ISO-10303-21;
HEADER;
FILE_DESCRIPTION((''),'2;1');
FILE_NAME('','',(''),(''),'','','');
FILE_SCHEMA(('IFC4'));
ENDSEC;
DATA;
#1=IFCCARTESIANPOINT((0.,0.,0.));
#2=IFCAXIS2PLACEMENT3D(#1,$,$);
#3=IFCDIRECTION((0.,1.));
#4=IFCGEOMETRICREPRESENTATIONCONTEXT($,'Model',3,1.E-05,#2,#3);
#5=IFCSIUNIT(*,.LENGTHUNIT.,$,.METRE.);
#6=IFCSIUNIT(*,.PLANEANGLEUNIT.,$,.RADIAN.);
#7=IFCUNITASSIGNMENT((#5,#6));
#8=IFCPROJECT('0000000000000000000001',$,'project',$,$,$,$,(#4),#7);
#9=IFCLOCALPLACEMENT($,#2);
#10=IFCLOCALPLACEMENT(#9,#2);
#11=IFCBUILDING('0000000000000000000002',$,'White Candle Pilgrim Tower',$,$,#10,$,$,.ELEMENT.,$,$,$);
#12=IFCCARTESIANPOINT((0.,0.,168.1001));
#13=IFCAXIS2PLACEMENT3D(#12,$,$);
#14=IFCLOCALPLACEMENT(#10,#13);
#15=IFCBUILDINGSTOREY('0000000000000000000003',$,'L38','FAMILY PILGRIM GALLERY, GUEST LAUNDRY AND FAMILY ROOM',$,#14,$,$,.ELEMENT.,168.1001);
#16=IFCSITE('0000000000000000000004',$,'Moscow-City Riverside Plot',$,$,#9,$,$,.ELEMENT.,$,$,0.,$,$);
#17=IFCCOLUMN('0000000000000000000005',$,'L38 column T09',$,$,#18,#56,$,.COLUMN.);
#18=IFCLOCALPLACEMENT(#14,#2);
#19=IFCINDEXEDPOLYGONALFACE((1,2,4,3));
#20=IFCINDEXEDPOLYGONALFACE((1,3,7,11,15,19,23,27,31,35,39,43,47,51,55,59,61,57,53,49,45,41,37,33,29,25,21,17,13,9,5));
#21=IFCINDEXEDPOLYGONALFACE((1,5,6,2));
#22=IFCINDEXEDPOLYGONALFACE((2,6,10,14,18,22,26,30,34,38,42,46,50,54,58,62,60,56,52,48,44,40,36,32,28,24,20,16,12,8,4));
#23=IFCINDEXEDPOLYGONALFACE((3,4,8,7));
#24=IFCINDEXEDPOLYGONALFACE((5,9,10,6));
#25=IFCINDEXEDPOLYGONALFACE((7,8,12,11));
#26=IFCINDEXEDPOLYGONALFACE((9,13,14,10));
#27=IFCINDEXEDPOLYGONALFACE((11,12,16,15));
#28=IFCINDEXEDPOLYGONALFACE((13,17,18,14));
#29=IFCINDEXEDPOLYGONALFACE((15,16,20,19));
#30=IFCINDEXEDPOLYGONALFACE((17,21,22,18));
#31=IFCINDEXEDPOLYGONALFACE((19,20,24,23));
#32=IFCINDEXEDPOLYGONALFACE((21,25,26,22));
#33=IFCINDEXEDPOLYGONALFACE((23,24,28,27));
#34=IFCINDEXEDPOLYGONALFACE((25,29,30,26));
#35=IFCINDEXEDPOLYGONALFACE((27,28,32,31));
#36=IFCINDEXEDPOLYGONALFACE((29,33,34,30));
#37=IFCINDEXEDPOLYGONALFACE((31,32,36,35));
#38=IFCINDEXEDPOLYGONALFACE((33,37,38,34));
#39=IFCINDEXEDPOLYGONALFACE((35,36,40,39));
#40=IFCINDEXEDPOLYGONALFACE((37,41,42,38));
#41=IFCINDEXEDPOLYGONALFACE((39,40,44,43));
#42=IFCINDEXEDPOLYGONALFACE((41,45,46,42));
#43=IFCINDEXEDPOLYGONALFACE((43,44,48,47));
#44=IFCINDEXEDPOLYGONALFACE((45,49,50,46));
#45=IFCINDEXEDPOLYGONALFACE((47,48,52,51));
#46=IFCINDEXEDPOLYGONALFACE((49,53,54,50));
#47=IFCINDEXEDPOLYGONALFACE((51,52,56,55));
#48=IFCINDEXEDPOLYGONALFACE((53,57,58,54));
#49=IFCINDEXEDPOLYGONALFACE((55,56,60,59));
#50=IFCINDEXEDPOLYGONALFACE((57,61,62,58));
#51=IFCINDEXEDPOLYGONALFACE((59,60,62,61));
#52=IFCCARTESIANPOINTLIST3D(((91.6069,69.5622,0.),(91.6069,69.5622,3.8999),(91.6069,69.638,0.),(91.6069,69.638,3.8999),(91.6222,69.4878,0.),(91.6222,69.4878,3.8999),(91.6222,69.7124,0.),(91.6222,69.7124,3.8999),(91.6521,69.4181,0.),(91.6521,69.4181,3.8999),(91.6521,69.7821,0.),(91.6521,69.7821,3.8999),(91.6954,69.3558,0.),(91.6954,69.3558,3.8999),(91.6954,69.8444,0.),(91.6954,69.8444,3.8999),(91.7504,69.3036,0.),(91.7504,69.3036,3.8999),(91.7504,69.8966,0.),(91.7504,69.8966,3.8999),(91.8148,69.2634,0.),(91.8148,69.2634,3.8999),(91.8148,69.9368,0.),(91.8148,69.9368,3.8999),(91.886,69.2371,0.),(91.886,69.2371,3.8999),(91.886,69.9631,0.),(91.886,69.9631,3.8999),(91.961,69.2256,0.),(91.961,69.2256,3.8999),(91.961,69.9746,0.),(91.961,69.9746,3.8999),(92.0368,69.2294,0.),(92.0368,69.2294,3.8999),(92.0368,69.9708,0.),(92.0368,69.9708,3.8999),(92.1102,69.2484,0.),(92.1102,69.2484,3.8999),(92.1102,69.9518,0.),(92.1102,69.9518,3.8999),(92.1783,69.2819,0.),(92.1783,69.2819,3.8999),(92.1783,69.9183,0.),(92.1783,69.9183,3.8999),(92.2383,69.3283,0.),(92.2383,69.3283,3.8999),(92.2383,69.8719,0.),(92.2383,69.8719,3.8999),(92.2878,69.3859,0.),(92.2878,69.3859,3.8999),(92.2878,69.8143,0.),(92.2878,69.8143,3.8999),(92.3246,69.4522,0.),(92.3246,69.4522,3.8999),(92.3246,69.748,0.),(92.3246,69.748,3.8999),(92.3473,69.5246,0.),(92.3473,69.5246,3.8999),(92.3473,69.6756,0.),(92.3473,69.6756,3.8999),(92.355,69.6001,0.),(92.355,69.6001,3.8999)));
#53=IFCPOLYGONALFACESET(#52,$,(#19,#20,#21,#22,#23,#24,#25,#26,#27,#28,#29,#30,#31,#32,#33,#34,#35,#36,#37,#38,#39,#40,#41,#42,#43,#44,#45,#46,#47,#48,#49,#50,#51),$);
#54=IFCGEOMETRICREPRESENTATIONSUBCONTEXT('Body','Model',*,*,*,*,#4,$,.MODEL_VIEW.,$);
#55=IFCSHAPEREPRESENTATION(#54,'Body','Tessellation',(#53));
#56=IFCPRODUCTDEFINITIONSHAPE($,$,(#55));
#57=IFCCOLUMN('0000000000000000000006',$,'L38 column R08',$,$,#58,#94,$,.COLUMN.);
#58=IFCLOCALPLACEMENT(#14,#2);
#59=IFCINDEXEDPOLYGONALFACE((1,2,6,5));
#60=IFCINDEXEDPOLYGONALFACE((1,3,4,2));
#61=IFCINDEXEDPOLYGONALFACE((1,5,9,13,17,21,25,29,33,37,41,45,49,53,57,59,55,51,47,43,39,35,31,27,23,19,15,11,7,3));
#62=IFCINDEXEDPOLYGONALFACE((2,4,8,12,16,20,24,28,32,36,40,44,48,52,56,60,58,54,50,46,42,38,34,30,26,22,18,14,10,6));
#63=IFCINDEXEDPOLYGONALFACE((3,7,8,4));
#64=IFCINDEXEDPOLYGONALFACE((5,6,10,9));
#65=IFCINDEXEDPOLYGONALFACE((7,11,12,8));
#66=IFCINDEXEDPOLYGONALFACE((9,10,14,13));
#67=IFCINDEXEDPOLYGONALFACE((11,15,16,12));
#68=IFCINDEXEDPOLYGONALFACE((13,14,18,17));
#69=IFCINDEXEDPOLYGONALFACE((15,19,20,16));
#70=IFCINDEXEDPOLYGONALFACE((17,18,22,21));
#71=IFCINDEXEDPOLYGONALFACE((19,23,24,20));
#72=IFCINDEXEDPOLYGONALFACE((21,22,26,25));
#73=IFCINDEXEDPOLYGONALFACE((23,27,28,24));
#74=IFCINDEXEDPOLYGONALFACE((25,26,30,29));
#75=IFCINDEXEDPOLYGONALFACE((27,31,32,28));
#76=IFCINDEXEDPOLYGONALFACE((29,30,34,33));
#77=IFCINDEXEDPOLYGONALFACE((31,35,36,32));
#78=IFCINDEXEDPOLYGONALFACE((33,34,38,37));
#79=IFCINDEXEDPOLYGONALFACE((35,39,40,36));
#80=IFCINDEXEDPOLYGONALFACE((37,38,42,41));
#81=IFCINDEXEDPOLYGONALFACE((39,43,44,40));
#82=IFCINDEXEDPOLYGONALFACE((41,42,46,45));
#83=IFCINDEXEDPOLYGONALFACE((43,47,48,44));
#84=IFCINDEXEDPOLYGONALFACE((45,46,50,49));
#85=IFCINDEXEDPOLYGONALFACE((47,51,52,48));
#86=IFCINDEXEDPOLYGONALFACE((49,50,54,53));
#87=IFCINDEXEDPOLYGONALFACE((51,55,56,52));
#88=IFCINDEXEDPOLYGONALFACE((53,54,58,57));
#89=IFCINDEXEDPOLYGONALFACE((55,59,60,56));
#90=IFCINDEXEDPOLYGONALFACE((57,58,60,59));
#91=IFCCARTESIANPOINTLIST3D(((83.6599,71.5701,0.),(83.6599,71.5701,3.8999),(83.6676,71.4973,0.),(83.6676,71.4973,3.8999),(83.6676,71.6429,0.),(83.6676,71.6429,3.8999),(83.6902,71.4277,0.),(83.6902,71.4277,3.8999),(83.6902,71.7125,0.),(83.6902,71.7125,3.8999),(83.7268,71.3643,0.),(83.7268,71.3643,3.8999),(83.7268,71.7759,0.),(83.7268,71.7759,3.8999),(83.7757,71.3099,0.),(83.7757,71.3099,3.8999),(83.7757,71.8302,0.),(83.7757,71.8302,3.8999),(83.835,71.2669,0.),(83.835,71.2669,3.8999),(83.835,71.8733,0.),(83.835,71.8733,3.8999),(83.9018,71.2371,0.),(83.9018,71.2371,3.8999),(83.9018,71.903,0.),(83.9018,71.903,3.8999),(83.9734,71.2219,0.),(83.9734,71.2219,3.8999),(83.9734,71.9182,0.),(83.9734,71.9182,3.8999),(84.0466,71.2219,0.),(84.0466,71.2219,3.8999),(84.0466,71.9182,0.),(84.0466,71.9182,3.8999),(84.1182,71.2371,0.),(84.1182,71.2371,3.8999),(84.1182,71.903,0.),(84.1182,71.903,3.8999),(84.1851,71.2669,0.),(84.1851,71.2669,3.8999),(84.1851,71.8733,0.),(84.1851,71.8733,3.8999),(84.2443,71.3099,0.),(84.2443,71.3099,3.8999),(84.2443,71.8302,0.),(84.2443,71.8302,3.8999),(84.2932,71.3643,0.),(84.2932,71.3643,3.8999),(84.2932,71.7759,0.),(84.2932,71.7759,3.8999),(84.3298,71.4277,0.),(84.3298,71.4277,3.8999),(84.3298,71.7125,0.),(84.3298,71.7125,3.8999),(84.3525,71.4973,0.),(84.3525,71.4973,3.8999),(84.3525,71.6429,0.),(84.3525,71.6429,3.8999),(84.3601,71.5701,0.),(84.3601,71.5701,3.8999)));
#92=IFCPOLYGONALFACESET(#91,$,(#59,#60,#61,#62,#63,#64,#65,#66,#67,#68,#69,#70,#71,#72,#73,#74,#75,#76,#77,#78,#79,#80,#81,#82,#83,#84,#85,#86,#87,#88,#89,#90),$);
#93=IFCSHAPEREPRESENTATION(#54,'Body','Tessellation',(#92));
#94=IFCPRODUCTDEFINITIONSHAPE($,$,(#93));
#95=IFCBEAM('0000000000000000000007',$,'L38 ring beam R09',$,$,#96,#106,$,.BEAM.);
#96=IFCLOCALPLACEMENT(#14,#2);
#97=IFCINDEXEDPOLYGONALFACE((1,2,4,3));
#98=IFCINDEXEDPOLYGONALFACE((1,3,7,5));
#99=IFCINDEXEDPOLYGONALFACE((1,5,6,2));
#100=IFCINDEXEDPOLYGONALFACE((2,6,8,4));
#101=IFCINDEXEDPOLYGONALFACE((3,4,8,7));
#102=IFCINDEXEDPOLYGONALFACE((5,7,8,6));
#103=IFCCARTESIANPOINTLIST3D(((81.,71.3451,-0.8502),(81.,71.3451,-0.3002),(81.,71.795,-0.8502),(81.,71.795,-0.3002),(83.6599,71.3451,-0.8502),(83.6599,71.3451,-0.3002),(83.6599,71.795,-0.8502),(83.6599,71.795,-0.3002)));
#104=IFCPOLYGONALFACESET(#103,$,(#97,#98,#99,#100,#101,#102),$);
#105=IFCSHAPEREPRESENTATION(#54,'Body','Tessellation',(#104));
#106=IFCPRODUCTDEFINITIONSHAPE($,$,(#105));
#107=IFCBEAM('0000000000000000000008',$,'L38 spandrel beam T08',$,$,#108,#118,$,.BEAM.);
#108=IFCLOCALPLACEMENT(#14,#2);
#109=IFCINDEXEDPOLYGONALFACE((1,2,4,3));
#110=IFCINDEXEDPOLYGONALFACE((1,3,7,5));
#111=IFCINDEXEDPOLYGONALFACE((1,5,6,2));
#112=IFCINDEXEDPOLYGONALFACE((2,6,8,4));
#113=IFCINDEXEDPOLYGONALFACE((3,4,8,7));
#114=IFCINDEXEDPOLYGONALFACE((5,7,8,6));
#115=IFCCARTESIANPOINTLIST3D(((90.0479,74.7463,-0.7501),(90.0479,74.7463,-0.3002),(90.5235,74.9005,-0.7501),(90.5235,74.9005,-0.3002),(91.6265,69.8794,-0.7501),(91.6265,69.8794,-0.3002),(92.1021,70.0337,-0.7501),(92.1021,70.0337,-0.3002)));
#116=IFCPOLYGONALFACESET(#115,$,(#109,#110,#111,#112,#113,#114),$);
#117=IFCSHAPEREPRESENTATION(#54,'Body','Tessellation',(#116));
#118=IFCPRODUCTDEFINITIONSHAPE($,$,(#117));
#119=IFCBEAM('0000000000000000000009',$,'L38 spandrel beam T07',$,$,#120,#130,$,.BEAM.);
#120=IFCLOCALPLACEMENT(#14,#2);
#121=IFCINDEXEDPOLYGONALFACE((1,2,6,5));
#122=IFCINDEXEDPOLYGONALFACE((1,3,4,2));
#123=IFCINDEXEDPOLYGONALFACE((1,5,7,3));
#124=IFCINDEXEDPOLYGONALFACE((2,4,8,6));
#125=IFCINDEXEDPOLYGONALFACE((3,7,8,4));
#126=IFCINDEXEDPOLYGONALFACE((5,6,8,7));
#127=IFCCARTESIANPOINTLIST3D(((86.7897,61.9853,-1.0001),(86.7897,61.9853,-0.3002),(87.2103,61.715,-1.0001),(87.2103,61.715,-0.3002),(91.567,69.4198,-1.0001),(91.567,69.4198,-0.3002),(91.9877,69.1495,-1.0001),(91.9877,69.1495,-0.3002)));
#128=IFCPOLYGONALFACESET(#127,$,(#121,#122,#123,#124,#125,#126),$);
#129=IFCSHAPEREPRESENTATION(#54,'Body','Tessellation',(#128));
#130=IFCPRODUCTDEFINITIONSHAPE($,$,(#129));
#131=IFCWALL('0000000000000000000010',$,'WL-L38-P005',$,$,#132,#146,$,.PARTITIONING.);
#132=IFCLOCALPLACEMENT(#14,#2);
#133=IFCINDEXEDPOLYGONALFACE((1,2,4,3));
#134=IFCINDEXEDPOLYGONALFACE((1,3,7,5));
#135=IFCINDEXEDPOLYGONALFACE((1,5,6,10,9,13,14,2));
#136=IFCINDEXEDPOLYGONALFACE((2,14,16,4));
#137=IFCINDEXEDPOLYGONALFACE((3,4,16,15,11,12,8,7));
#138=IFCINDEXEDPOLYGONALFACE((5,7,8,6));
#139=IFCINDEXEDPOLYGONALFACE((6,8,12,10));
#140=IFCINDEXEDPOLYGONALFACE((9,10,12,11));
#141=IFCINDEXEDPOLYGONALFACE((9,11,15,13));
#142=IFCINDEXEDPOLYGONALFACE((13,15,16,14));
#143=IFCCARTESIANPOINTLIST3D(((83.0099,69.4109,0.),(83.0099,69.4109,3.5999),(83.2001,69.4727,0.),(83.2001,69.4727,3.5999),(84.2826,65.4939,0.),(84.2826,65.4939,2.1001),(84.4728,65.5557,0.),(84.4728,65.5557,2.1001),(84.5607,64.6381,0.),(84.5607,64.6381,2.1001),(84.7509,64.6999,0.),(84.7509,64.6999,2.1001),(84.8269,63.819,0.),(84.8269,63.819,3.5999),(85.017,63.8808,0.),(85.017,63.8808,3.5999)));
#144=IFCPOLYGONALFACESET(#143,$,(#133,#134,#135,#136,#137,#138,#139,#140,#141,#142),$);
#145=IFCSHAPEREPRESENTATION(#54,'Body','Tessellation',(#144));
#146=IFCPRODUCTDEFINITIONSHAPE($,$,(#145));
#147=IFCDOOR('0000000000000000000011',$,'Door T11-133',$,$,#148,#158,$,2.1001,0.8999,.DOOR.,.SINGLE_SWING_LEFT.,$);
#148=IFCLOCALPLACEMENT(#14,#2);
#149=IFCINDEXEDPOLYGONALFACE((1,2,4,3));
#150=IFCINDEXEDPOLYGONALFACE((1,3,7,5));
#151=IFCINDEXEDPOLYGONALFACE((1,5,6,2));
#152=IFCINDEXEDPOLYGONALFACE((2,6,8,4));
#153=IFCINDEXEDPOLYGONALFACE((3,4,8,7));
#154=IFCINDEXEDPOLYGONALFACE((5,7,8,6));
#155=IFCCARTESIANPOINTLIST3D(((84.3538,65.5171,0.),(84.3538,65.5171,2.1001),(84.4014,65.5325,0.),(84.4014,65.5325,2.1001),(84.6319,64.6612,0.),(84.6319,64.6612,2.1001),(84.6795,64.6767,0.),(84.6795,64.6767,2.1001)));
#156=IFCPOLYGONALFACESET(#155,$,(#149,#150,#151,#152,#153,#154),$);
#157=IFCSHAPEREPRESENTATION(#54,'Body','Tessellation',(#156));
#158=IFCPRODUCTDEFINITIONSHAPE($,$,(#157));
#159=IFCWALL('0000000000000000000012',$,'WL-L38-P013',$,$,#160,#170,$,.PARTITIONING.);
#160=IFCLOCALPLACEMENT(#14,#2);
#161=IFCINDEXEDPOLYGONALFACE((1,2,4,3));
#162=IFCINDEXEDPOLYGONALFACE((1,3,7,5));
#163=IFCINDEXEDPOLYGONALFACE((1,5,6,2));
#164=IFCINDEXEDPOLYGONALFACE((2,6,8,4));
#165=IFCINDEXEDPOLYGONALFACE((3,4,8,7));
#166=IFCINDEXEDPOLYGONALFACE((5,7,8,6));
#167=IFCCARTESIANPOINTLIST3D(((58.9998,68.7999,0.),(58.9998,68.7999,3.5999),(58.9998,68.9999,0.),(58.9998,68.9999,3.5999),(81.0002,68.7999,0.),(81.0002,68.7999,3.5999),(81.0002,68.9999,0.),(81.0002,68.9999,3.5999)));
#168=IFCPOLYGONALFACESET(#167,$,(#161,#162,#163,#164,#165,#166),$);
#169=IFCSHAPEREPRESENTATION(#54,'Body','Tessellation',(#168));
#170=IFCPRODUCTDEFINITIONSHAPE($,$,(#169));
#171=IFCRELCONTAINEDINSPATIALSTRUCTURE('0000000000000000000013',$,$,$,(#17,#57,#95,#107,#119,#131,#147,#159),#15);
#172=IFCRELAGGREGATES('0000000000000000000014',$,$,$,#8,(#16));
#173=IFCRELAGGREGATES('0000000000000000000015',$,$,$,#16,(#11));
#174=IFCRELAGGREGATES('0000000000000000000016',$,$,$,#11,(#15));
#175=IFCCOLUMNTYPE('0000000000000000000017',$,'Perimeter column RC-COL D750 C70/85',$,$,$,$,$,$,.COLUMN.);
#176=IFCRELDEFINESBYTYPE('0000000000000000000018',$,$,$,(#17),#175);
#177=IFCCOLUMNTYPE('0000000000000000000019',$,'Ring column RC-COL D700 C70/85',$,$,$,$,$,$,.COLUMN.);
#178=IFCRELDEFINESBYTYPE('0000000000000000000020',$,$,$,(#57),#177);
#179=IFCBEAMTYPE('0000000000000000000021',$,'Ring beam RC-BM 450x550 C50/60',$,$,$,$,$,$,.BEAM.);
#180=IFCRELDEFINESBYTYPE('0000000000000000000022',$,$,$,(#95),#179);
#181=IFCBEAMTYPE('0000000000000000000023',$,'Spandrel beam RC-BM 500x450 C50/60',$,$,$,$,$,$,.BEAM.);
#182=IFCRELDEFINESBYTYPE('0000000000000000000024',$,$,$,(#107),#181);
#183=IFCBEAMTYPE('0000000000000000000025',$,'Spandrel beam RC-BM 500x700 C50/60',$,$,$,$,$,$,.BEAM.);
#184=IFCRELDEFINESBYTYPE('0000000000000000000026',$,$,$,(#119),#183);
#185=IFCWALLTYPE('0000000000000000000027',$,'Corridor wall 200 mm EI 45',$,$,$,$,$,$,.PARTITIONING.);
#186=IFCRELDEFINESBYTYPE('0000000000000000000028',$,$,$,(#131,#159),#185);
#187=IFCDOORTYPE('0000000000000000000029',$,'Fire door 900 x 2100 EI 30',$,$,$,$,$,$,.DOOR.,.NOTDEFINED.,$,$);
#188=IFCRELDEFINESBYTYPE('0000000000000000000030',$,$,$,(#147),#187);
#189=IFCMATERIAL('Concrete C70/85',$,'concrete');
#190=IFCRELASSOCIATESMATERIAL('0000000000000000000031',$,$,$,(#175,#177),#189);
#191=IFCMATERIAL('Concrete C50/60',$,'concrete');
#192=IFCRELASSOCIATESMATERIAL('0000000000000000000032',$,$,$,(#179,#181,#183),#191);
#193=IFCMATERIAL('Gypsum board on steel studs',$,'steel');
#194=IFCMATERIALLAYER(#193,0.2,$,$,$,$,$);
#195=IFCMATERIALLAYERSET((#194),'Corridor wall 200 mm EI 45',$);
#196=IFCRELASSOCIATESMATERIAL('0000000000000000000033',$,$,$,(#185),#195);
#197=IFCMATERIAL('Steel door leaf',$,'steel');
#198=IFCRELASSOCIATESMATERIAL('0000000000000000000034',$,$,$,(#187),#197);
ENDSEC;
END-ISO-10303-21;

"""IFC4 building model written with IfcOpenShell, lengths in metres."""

from ifc_helpers import new_model, si_unit, direction, frame, frame_2d, origin, origin_2d, place, context, subcontext, project, spatial, rectangle, circle, extrude, material, layer, layer_set, material_profile, profile_set, type_object, element, fill, save


model = new_model("IFC4")

# Units and contexts
model_context = context("Model", 3, precision=1e-05, world=origin(), true_north=direction((0.0, 1.0)))
body_context = subcontext(model_context, "Body", "Model", "MODEL_VIEW")
ifc_project = project(units=[si_unit("LENGTHUNIT", "METRE"), si_unit("PLANEANGLEUNIT", "RADIAN")], contexts=[model_context])

# Site, building, storey
site_placement = place(None, origin())
site = spatial("IfcSite", under=ifc_project, at=site_placement, Name="Moscow-City Riverside Plot", CompositionType="ELEMENT", RefElevation=0.0)
building_placement = place(site_placement, origin())
building = spatial("IfcBuilding", under=site, at=building_placement, Name="White Candle Pilgrim Tower", CompositionType="ELEMENT")
storey_placement = place(building_placement, frame((0.0, 0.0, 168.1001)))
storey = spatial("IfcBuildingStorey", under=building, at=storey_placement, Name="L38", Description="FAMILY PILGRIM GALLERY, GUEST LAUNDRY AND FAMILY ROOM", CompositionType="ELEMENT", Elevation=168.1001)

# Columns
ifc_material_1 = material(Name="Concrete C70/85", Category="concrete")
ifc_material_profile_1 = material_profile(ifc_material_1, circle(Radius=0.375, at=origin_2d()), Name="RC-COL D750")
ifc_profile_set_1 = profile_set([ifc_material_profile_1], Name="Concrete C70/85")
column_type_1 = type_object("IfcColumnType", Name="Perimeter column RC-COL D750 C70/85", PredefinedType="COLUMN", material=ifc_profile_set_1)
column_1_placement = place(storey_placement, frame((91.98, 69.6001, 0.0), z_axis=(0.0, 0.0, 1.0), x_axis=(1.0, 0.0, 0.0)))
element("IfcColumn", 1, at=column_1_placement, inside=storey, type_object=column_type_1, Name="L38 column T09", PredefinedType="COLUMN", context=body_context, shape_type="SweptSolid", body=[
    extrude(circle(Radius=0.375, at=origin_2d()), origin(), (0.0, 0.0, 1.0), 3.8999),
])
ifc_material_profile_2 = material_profile(ifc_material_1, circle(Radius=0.3501, at=origin_2d()), Name="RC-COL D700")
ifc_profile_set_2 = profile_set([ifc_material_profile_2], Name="Concrete C70/85")
column_type_2 = type_object("IfcColumnType", Name="Ring column RC-COL D700 C70/85", PredefinedType="COLUMN", material=ifc_profile_set_2)
column_2_placement = place(storey_placement, frame((84.01, 71.5701, 0.0), z_axis=(0.0, 0.0, 1.0), x_axis=(1.0, 0.0, 0.0)))
element("IfcColumn", 2, at=column_2_placement, inside=storey, type_object=column_type_2, Name="L38 column R08", PredefinedType="COLUMN", context=body_context, shape_type="SweptSolid", body=[
    extrude(circle(Radius=0.3501, at=origin_2d()), origin(), (0.0, 0.0, 1.0), 3.8999),
])

# Beams
ifc_material_2 = material(Name="Concrete C50/60", Category="concrete")
ifc_material_profile_3 = material_profile(ifc_material_2, rectangle(XDim=0.45, YDim=0.55, at=origin_2d()), Name="RC-BM 450x550")
ifc_profile_set_3 = profile_set([ifc_material_profile_3], Name="Concrete C50/60")
beam_type_1 = type_object("IfcBeamType", Name="Ring beam RC-BM 450x550 C50/60", PredefinedType="BEAM", material=ifc_profile_set_3)
beam_1_placement = place(storey_placement, frame((83.6599, 71.5701, -0.5752), z_axis=(-1.0, 0.0, 0.0), x_axis=(0.0, -1.0, 0.0)))
element("IfcBeam", 3, at=beam_1_placement, inside=storey, type_object=beam_type_1, Name="L38 ring beam R09", PredefinedType="BEAM", context=body_context, shape_type="SweptSolid", body=[
    extrude(rectangle(XDim=0.45, YDim=0.55, at=origin_2d()), origin(), (0.0, 0.0, 1.0), 2.6599),
])
ifc_material_profile_4 = material_profile(ifc_material_2, rectangle(XDim=0.5, YDim=0.45, at=origin_2d()), Name="RC-BM 500x450")
ifc_profile_set_4 = profile_set([ifc_material_profile_4], Name="Concrete C50/60")
beam_type_2 = type_object("IfcBeamType", Name="Spandrel beam RC-BM 500x450 C50/60", PredefinedType="BEAM", material=ifc_profile_set_4)
beam_2_placement = place(storey_placement, frame((91.8643, 69.9565, -0.5251), z_axis=(-0.30853, 0.951214, 0.0), x_axis=(-0.951214, -0.30853, 0.0)))
element("IfcBeam", 4, at=beam_2_placement, inside=storey, type_object=beam_type_2, Name="L38 spandrel beam T08", PredefinedType="BEAM", context=body_context, shape_type="SweptSolid", body=[
    extrude(rectangle(XDim=0.5, YDim=0.45, at=origin_2d()), origin(), (0.0, 0.0, 1.0), 5.1165),
])
ifc_material_profile_5 = material_profile(ifc_material_2, rectangle(XDim=0.5, YDim=0.7, at=origin_2d()), Name="RC-BM 500x700")
ifc_profile_set_5 = profile_set([ifc_material_profile_5], Name="Concrete C50/60")
beam_type_3 = type_object("IfcBeamType", Name="Spandrel beam RC-BM 500x700 C50/60", PredefinedType="BEAM", material=ifc_profile_set_5)
beam_3_placement = place(storey_placement, frame((91.7773, 69.2847, -0.6501), z_axis=(-0.540596, -0.841283, 0.0), x_axis=(0.841283, -0.540596, 0.0)))
element("IfcBeam", 5, at=beam_3_placement, inside=storey, type_object=beam_type_3, Name="L38 spandrel beam T07", PredefinedType="BEAM", context=body_context, shape_type="SweptSolid", body=[
    extrude(rectangle(XDim=0.5, YDim=0.7, at=origin_2d()), origin(), (0.0, 0.0, 1.0), 8.8372),
])

# Wall, opening, door
ifc_material_3 = material(Name="Gypsum board on steel studs", Category="steel")
ifc_layer_1 = layer(ifc_material_3, 0.2)
ifc_layer_set_1 = layer_set([ifc_layer_1], Name="Corridor wall 200 mm EI 45")
wall_type_1 = type_object("IfcWallType", Name="Corridor wall 200 mm EI 45", PredefinedType="PARTITIONING", material=ifc_layer_set_1)
wall_1_placement = place(storey_placement, frame((83.105, 69.4419, 0.0), z_axis=(0.0, 0.0, 1.0), x_axis=(0.309018, -0.951056, 0.0)))
wall_1 = element("IfcWall", 6, at=wall_1_placement, inside=storey, type_object=wall_type_1, Name="WL-L38-P005", PredefinedType="PARTITIONING", context=body_context, shape_type="SweptSolid", body=[
    extrude(rectangle(XDim=5.8796, YDim=0.2, at=frame_2d((2.9399, 0.0))), origin(), (0.0, 0.0, 1.0), 3.5999),
])
opening_placement = place(wall_1_placement, frame((4.1187, 0.0, 0.0)))
opening = element("IfcOpeningElement", 7, at=opening_placement, cuts=wall_1, PredefinedType="OPENING", context=body_context, shape_type="SweptSolid", body=[
    extrude(rectangle(XDim=0.8999, YDim=2.1001, at=frame_2d((0.45, 1.05))), frame((0.0, 0.1099, 0.0), z_axis=(0.0, -1.0, 0.0), x_axis=(1.0, 0.0, 0.0)), (0.0, 0.0, 1.0), 0.22),
])
ifc_material_4 = material(Name="Steel door leaf", Category="steel")
door_type = type_object("IfcDoorType", Name="Fire door 900 x 2100 EI 30", OperationType="NOTDEFINED", PredefinedType="DOOR", material=ifc_material_4)
door_placement = place(opening_placement, origin())
door = element("IfcDoor", 8, at=door_placement, inside=storey, type_object=door_type, Name="Door T11-133", OperationType="SINGLE_SWING_LEFT", OverallHeight=2.1001, OverallWidth=0.8999, PredefinedType="DOOR", context=body_context, shape_type="SweptSolid", body=[
    extrude(rectangle(XDim=0.8999, YDim=2.1001, at=frame_2d((0.45, 1.05))), frame((0.0, 0.0249, 0.0), z_axis=(0.0, -1.0, 0.0), x_axis=(1.0, 0.0, 0.0)), (0.0, 0.0, 1.0), 0.05),
])
fill(opening, door)

# Wall
wall_2_placement = place(storey_placement, frame((81.0002, 68.8999, 0.0), z_axis=(0.0, 0.0, 1.0), x_axis=(-1.0, 0.0, 0.0)))
element("IfcWall", 9, at=wall_2_placement, inside=storey, type_object=wall_type_1, Name="WL-L38-P013", PredefinedType="PARTITIONING", context=body_context, shape_type="SweptSolid", body=[
    extrude(rectangle(XDim=22.0005, YDim=0.2, at=frame_2d((11.0002, 0.0))), origin(), (0.0, 0.0, 1.0), 3.5999),
])

save(model, "model.ifc")
